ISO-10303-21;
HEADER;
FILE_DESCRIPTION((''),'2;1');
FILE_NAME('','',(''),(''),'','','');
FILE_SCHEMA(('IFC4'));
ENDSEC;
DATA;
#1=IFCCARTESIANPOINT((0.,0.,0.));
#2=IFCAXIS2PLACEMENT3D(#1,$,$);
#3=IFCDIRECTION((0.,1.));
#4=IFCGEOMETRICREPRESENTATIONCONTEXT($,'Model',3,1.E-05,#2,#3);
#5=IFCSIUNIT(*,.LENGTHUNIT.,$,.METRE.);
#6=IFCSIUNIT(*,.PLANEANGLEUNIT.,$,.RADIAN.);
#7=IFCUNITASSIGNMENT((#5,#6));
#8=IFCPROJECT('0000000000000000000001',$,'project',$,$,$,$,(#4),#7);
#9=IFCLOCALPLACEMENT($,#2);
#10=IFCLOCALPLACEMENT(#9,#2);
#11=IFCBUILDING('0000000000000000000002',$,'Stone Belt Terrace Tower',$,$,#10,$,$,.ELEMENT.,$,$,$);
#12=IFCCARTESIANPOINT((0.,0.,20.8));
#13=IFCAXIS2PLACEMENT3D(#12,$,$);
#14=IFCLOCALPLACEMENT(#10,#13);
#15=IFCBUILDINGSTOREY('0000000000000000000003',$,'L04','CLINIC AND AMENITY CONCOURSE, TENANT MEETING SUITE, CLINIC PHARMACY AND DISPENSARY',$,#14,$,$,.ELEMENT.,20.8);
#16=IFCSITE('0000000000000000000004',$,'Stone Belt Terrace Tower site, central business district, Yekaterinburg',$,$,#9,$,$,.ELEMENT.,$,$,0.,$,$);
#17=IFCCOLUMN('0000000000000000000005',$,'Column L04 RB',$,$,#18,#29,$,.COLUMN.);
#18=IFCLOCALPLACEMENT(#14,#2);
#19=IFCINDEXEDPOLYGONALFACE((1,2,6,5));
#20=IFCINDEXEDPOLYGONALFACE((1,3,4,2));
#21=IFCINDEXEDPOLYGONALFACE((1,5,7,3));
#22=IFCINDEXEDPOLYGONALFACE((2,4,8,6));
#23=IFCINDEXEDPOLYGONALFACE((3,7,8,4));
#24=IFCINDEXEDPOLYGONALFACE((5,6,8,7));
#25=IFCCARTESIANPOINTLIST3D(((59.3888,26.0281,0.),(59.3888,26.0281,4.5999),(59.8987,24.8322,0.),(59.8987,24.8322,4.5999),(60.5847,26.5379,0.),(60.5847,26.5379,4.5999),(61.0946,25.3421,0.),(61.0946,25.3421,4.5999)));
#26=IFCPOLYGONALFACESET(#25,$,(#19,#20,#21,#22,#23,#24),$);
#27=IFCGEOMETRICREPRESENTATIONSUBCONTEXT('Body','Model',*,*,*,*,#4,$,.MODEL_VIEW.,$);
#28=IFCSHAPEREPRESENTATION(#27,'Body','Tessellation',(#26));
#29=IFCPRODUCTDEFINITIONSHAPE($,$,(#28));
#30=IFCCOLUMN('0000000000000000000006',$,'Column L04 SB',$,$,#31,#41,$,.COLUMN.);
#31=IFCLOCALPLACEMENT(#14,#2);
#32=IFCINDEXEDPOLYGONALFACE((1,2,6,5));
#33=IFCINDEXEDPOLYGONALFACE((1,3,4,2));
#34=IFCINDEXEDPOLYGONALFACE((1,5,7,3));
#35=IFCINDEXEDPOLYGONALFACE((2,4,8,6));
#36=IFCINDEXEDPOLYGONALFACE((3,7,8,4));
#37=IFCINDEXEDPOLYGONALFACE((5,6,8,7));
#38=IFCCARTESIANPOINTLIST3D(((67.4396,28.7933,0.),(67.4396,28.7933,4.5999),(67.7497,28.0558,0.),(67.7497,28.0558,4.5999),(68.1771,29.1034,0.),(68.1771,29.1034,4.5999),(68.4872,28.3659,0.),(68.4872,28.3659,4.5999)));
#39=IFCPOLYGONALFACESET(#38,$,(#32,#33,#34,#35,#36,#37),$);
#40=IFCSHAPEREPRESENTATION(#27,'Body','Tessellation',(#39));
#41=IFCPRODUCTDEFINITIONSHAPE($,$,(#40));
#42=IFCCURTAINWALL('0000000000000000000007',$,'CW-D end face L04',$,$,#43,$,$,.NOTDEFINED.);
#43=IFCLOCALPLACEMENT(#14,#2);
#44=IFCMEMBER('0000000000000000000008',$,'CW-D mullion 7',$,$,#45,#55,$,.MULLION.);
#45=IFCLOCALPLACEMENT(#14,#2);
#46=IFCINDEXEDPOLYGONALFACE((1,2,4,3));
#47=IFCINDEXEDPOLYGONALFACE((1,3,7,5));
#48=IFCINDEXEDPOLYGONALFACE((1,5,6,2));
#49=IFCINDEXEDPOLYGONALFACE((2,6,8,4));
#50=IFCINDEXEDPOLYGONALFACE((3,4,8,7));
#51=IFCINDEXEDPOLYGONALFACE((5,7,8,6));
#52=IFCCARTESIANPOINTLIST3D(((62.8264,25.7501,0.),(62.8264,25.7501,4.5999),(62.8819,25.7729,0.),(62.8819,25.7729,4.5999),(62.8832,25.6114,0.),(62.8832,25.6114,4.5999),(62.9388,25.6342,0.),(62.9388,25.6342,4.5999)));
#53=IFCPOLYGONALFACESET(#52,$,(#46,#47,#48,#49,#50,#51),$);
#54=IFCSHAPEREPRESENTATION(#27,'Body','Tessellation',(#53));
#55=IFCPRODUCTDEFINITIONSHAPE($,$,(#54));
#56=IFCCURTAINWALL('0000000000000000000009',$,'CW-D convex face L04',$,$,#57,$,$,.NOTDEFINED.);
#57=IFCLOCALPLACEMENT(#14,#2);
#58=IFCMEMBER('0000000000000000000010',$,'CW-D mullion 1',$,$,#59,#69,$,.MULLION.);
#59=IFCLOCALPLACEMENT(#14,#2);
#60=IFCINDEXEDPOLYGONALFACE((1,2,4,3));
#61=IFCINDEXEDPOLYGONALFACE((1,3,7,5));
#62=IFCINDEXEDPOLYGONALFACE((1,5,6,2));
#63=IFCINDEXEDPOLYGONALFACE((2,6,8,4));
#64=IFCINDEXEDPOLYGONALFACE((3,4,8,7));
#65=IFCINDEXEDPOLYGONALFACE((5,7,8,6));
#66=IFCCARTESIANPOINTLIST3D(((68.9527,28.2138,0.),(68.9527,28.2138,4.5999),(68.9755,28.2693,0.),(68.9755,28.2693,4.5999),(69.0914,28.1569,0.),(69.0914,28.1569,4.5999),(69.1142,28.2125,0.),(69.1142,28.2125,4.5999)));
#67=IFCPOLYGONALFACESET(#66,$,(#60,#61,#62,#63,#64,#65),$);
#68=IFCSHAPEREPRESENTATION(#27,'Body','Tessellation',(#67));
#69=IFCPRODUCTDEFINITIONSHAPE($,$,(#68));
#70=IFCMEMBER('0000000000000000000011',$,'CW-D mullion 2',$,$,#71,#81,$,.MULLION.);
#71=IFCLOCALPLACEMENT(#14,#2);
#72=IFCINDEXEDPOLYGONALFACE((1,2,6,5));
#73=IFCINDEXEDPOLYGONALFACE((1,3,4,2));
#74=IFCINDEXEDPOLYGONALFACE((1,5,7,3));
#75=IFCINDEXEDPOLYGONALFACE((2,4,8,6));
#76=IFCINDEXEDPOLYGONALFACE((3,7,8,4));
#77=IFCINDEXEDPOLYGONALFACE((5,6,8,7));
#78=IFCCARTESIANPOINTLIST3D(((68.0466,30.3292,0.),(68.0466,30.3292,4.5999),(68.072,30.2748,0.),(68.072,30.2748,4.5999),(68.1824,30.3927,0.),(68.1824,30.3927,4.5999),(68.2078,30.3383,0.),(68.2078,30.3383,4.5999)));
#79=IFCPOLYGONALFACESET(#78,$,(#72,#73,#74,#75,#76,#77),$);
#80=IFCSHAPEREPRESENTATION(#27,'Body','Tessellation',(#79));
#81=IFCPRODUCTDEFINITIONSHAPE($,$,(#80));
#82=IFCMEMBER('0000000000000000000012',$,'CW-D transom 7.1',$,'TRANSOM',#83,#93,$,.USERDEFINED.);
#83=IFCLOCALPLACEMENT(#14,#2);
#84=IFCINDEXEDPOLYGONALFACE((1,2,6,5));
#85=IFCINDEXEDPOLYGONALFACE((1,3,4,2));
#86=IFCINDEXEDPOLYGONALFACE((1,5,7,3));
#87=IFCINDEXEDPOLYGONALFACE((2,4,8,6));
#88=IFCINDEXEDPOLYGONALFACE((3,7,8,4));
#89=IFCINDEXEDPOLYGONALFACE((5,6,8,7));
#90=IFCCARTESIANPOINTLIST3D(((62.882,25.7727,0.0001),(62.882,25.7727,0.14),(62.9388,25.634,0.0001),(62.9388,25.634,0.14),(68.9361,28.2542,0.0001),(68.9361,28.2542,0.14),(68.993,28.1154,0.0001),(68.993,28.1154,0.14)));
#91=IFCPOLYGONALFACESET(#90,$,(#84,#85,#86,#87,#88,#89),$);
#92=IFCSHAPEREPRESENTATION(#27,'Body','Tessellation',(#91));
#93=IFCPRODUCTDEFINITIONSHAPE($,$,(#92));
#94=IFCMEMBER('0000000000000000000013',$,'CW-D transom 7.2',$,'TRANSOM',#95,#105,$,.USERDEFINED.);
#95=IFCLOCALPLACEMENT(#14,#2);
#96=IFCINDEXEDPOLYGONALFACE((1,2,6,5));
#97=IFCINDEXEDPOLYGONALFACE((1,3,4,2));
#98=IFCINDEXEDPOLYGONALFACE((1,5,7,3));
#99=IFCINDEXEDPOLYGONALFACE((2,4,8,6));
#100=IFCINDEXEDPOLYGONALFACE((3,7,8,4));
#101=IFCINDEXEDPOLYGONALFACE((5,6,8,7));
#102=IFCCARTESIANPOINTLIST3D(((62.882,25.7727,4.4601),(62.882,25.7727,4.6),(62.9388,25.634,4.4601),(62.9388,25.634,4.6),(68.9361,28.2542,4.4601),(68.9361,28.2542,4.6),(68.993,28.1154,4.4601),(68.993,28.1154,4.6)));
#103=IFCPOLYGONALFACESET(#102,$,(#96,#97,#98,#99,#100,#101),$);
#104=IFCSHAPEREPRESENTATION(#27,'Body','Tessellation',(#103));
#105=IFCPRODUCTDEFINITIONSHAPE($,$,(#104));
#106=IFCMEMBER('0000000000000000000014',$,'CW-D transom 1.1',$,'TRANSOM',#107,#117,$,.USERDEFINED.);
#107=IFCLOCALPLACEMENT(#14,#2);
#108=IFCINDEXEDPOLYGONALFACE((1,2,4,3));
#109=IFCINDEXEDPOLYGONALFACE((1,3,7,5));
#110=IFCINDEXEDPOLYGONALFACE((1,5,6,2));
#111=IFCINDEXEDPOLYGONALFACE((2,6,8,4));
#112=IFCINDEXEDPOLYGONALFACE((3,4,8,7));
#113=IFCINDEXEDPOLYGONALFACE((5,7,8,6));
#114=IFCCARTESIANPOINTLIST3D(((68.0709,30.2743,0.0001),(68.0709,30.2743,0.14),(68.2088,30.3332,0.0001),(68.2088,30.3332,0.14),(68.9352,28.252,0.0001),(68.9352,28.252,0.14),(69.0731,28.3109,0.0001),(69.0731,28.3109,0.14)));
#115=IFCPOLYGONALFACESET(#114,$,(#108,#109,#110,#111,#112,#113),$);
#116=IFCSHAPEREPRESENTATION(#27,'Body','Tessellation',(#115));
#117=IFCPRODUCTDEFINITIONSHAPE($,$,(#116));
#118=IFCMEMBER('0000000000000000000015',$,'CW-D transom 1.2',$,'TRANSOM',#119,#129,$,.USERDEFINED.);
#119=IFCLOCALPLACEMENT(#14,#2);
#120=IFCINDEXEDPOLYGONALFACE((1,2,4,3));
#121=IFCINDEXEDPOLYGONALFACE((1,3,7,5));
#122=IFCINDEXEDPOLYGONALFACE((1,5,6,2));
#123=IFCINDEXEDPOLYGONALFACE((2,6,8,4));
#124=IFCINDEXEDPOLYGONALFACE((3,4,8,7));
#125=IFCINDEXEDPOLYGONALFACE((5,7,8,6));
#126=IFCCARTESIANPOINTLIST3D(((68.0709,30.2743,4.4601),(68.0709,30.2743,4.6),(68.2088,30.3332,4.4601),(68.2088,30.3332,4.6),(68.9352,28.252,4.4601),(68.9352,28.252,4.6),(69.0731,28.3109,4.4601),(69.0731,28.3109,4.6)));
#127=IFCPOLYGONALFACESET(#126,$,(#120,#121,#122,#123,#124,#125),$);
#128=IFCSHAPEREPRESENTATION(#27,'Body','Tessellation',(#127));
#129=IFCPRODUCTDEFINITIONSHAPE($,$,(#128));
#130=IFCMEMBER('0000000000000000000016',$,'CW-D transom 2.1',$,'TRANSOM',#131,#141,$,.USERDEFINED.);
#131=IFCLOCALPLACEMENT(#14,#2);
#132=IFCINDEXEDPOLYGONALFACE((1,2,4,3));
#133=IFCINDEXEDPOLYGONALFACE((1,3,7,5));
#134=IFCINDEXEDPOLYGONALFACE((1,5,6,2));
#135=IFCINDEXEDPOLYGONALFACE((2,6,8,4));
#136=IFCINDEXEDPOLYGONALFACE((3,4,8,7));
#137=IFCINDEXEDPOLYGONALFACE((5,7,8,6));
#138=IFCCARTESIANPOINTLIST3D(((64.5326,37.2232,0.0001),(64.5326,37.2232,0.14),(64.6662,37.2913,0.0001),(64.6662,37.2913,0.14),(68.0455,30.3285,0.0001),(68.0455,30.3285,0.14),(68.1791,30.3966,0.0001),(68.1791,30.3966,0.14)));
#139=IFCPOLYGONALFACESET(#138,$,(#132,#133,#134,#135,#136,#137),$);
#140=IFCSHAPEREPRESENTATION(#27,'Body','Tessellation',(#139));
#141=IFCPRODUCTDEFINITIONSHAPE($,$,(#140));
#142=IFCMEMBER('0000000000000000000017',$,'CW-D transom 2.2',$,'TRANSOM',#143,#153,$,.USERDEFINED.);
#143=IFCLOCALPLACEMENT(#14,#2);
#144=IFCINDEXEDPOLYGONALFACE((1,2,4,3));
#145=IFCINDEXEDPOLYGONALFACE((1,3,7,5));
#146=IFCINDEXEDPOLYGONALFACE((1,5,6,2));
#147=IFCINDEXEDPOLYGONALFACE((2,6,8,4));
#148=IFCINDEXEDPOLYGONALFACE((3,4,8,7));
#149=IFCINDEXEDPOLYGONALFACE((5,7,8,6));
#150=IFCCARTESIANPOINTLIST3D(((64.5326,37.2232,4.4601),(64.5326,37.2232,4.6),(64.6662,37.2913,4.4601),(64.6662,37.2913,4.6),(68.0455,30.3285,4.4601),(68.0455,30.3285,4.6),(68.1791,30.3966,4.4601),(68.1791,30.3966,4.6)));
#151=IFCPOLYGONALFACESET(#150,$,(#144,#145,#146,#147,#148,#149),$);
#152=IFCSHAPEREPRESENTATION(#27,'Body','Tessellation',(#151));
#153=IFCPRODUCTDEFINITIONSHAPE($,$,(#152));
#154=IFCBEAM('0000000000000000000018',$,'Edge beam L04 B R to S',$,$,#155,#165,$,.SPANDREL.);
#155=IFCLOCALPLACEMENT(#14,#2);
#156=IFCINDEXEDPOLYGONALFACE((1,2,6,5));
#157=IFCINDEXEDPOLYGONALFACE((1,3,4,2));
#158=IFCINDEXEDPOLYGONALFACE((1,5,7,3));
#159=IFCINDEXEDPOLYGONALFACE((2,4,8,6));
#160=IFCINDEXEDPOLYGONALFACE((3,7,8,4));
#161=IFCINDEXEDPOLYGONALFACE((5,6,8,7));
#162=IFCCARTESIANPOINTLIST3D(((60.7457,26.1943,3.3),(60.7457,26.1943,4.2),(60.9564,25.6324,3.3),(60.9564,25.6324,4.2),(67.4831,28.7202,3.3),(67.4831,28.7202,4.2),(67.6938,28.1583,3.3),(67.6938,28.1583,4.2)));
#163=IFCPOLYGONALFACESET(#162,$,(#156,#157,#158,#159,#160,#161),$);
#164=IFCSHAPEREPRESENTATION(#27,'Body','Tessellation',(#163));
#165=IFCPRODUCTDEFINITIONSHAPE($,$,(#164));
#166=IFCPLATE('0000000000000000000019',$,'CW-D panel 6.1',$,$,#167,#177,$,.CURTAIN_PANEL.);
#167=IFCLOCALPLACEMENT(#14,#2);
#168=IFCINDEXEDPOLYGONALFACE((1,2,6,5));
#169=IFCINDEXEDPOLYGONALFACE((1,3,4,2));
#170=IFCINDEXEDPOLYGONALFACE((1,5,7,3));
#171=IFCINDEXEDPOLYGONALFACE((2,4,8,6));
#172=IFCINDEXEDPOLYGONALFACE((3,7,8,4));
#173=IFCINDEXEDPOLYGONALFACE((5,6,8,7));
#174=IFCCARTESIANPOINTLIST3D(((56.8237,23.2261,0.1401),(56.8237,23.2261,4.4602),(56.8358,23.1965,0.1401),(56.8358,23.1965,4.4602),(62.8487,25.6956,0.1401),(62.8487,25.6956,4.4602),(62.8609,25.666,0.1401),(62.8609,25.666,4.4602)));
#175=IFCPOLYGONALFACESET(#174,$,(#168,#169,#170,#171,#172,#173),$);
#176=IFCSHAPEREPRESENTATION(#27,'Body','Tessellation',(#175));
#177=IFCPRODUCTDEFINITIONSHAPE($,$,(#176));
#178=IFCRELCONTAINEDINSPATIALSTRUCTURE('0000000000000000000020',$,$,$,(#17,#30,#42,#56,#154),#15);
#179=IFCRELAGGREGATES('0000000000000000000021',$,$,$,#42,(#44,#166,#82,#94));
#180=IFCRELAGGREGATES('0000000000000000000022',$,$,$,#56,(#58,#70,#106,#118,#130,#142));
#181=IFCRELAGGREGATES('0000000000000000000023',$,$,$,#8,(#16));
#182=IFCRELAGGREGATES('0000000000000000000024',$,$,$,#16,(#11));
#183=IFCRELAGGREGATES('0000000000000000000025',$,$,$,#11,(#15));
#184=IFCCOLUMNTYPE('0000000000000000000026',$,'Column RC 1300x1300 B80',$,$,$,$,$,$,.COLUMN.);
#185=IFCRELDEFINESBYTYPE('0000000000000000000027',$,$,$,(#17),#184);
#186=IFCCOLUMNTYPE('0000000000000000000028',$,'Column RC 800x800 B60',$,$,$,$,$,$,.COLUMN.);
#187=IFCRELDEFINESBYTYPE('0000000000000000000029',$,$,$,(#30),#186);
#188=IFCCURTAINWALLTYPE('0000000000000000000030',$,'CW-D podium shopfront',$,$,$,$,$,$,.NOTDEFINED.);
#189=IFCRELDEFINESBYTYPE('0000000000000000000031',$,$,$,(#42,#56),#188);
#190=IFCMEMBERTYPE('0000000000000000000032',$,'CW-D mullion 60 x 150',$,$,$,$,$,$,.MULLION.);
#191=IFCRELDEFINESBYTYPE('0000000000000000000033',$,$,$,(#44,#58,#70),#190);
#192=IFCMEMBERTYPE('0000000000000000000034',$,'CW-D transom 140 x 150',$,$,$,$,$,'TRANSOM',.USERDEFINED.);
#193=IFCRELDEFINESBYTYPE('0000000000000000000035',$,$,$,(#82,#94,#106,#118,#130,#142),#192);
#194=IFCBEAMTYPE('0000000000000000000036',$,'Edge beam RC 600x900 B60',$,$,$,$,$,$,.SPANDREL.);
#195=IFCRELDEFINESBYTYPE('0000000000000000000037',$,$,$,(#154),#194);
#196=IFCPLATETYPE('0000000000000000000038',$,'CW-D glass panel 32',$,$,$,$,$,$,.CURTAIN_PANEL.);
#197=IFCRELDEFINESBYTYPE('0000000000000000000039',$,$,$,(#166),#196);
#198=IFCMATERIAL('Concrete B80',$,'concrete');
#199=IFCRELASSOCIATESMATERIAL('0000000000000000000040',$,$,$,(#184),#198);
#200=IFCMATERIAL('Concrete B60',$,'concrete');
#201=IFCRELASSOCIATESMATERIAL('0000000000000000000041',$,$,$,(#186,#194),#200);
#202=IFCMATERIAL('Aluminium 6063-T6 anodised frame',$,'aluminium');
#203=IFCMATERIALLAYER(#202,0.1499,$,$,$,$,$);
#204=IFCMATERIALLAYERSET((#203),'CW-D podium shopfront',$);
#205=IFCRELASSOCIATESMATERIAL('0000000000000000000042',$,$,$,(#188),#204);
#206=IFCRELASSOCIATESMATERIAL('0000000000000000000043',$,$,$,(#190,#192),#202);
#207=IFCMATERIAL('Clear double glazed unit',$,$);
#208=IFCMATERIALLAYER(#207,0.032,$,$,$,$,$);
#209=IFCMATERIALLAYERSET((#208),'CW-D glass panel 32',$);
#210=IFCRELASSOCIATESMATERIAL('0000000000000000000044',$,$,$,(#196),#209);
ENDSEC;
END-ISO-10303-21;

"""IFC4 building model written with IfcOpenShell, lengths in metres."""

from ifc_helpers import new_model, si_unit, direction, frame, origin, origin_2d, place, context, subcontext, project, spatial, rectangle, extrude, material, layer, layer_set, material_profile, profile_set, type_object, element, aggregate, save


model = new_model("IFC4")

# Units and contexts
model_context = context("Model", 3, precision=1e-05, world=origin(), true_north=direction((0.0, 1.0)))
body_context = subcontext(model_context, "Body", "Model", "MODEL_VIEW")
ifc_project = project(units=[si_unit("LENGTHUNIT", "METRE"), si_unit("PLANEANGLEUNIT", "RADIAN")], contexts=[model_context])

# Site, building, storey
site_placement = place(None, origin())
site = spatial("IfcSite", under=ifc_project, at=site_placement, Name="Stone Belt Terrace Tower site, central business district, Yekaterinburg", CompositionType="ELEMENT", RefElevation=0.0)
building_placement = place(site_placement, origin())
building = spatial("IfcBuilding", under=site, at=building_placement, Name="Stone Belt Terrace Tower", CompositionType="ELEMENT")
storey_placement = place(building_placement, frame((0.0, 0.0, 20.8)))
storey = spatial("IfcBuildingStorey", under=building, at=storey_placement, Name="L04", Description="CLINIC AND AMENITY CONCOURSE, TENANT MEETING SUITE, CLINIC PHARMACY AND DISPENSARY", CompositionType="ELEMENT", Elevation=20.8)

# Columns
ifc_material_1 = material(Name="Concrete B80", Category="concrete")
ifc_material_profile_1 = material_profile(ifc_material_1, rectangle(XDim=1.3, YDim=1.3, at=origin_2d()), Name="RC 1300x1300")
ifc_profile_set_1 = profile_set([ifc_material_profile_1], Name="Concrete B80")
column_type_1 = type_object("IfcColumnType", Name="Column RC 1300x1300 B80", PredefinedType="COLUMN", material=ifc_profile_set_1)
column_1_placement = place(storey_placement, frame((60.2417, 25.6851, 0.0), z_axis=(0.0, 0.0, 1.0), x_axis=(0.392204, -0.919878, 0.0)))
element("IfcColumn", 1, at=column_1_placement, inside=storey, type_object=column_type_1, Name="Column L04 RB", PredefinedType="COLUMN", context=body_context, shape_type="SweptSolid", body=[
    extrude(rectangle(XDim=1.3, YDim=1.3, at=origin_2d()), origin(), (0.0, 0.0, 1.0), 4.5999),
])
ifc_material_2 = material(Name="Concrete B60", Category="concrete")
ifc_material_profile_2 = material_profile(ifc_material_2, rectangle(XDim=0.8, YDim=0.8, at=origin_2d()), Name="RC 800x800")
ifc_profile_set_2 = profile_set([ifc_material_profile_2], Name="Concrete B60")
column_type_2 = type_object("IfcColumnType", Name="Column RC 800x800 B60", PredefinedType="COLUMN", material=ifc_profile_set_2)
column_2_placement = place(storey_placement, frame((67.9634, 28.5796, 0.0), z_axis=(0.0, 0.0, 1.0), x_axis=(0.387636, -0.921812, 0.0)))
element("IfcColumn", 2, at=column_2_placement, inside=storey, type_object=column_type_2, Name="Column L04 SB", PredefinedType="COLUMN", context=body_context, shape_type="SweptSolid", body=[
    extrude(rectangle(XDim=0.8, YDim=0.8, at=origin_2d()), origin(), (0.0, 0.0, 1.0), 4.5999),
])

# Curtain wall, member
ifc_material_3 = material(Name="Aluminium 6063-T6 anodised frame", Category="aluminium")
ifc_layer_1 = layer(ifc_material_3, 0.1499)
ifc_layer_set_1 = layer_set([ifc_layer_1], Name="CW-D podium shopfront")
curtain_wall_type = type_object("IfcCurtainWallType", Name="CW-D podium shopfront", PredefinedType="NOTDEFINED", material=ifc_layer_set_1)
curtain_wall_1_placement = place(storey_placement, origin())
curtain_wall_1 = element("IfcCurtainWall", 3, at=curtain_wall_1_placement, inside=storey, type_object=curtain_wall_type, Name="CW-D end face L04", PredefinedType="NOTDEFINED")
ifc_material_profile_3 = material_profile(ifc_material_3, rectangle(XDim=0.1499, YDim=0.0601, at=origin_2d()), Name="Aluminium 6063-T6 60x150")
ifc_profile_set_3 = profile_set([ifc_material_profile_3], Name="Aluminium 6063-T6 anodised frame")
member_type_1 = type_object("IfcMemberType", Name="CW-D mullion 60 x 150", PredefinedType="MULLION", material=ifc_profile_set_3)
member_1_placement = place(storey_placement, frame((62.8826, 25.6921, 0.0), z_axis=(0.0, 0.0, 1.0), x_axis=(-0.379243, 0.925297, 0.0)))
member_1 = element("IfcMember", 4, at=member_1_placement, type_object=member_type_1, Name="CW-D mullion 7", PredefinedType="MULLION", context=body_context, shape_type="SweptSolid", body=[
    extrude(rectangle(XDim=0.1499, YDim=0.0601, at=origin_2d()), origin(), (0.0, 0.0, 1.0), 4.5999),
])

# Curtain wall, members
curtain_wall_2_placement = place(storey_placement, origin())
curtain_wall_2 = element("IfcCurtainWall", 5, at=curtain_wall_2_placement, inside=storey, type_object=curtain_wall_type, Name="CW-D convex face L04", PredefinedType="NOTDEFINED")
member_2_placement = place(storey_placement, frame((69.0334, 28.2131, 0.0), z_axis=(0.0, 0.0, 1.0), x_axis=(-0.92531, 0.379212, 0.0)))
member_2 = element("IfcMember", 6, at=member_2_placement, type_object=member_type_1, Name="CW-D mullion 1", PredefinedType="MULLION", context=body_context, shape_type="SweptSolid", body=[
    extrude(rectangle(XDim=0.1499, YDim=0.0601, at=origin_2d()), origin(), (0.0, 0.0, 1.0), 4.5999),
])
member_3_placement = place(storey_placement, frame((68.1272, 30.3337, 0.0), z_axis=(0.0, 0.0, 1.0), x_axis=(-0.905778, -0.423752, 0.0)))
member_3 = element("IfcMember", 7, at=member_3_placement, type_object=member_type_1, Name="CW-D mullion 2", PredefinedType="MULLION", context=body_context, shape_type="SweptSolid", body=[
    extrude(rectangle(XDim=0.1499, YDim=0.0601, at=origin_2d()), origin(), (0.0, 0.0, 1.0), 4.5999),
])

# Members
ifc_material_profile_4 = material_profile(ifc_material_3, rectangle(XDim=0.1499, YDim=0.1399, at=origin_2d()), Name="Aluminium 6063-T6 150x140")
ifc_profile_set_4 = profile_set([ifc_material_profile_4], Name="Aluminium 6063-T6 anodised frame")
member_type_2 = type_object("IfcMemberType", Name="CW-D transom 140 x 150", ElementType="TRANSOM", PredefinedType="USERDEFINED", material=ifc_profile_set_4)
member_4_placement = place(storey_placement, frame((62.9104, 25.7034, 0.0701), z_axis=(0.925294, 0.379252, 0.0), x_axis=(-0.379252, 0.925294, 0.0)))
member_4 = element("IfcMember", 8, at=member_4_placement, type_object=member_type_2, Name="CW-D transom 7.1", ObjectType="TRANSOM", PredefinedType="USERDEFINED", context=body_context, shape_type="SweptSolid", body=[
    extrude(rectangle(XDim=0.1499, YDim=0.1399, at=origin_2d()), origin(), (0.0, 0.0, 1.0), 6.543),
])
member_5_placement = place(storey_placement, frame((62.9104, 25.7034, 4.53), z_axis=(0.925294, 0.379252, 0.0), x_axis=(-0.379252, 0.925294, 0.0)))
member_5 = element("IfcMember", 9, at=member_5_placement, type_object=member_type_2, Name="CW-D transom 7.2", ObjectType="TRANSOM", PredefinedType="USERDEFINED", context=body_context, shape_type="SweptSolid", body=[
    extrude(rectangle(XDim=0.1499, YDim=0.1399, at=origin_2d()), origin(), (0.0, 0.0, 1.0), 6.543),
])
member_6_placement = place(storey_placement, frame((69.0042, 28.2815, 0.0701), z_axis=(-0.392995, 0.919541, 0.0), x_axis=(-0.919541, -0.392995, 0.0)))
member_6 = element("IfcMember", 10, at=member_6_placement, type_object=member_type_2, Name="CW-D transom 1.1", ObjectType="TRANSOM", PredefinedType="USERDEFINED", context=body_context, shape_type="SweptSolid", body=[
    extrude(rectangle(XDim=0.1499, YDim=0.1399, at=origin_2d()), origin(), (0.0, 0.0, 1.0), 2.1992),
])
member_7_placement = place(storey_placement, frame((69.0042, 28.2815, 4.53), z_axis=(-0.392995, 0.919541, 0.0), x_axis=(-0.919541, -0.392995, 0.0)))
member_7 = element("IfcMember", 11, at=member_7_placement, type_object=member_type_2, Name="CW-D transom 1.2", ObjectType="TRANSOM", PredefinedType="USERDEFINED", context=body_context, shape_type="SweptSolid", body=[
    extrude(rectangle(XDim=0.1499, YDim=0.1399, at=origin_2d()), origin(), (0.0, 0.0, 1.0), 2.1992),
])
member_8_placement = place(storey_placement, frame((68.1123, 30.3625, 0.0701), z_axis=(-0.453978, 0.891013, 0.0), x_axis=(-0.891013, -0.453978, 0.0)))
member_8 = element("IfcMember", 12, at=member_8_placement, type_object=member_type_2, Name="CW-D transom 2.1", ObjectType="TRANSOM", PredefinedType="USERDEFINED", context=body_context, shape_type="SweptSolid", body=[
    extrude(rectangle(XDim=0.1499, YDim=0.1399, at=origin_2d()), origin(), (0.0, 0.0, 1.0), 7.738),
])
member_9_placement = place(storey_placement, frame((68.1123, 30.3625, 4.53), z_axis=(-0.453978, 0.891013, 0.0), x_axis=(-0.891013, -0.453978, 0.0)))
member_9 = element("IfcMember", 13, at=member_9_placement, type_object=member_type_2, Name="CW-D transom 2.2", ObjectType="TRANSOM", PredefinedType="USERDEFINED", context=body_context, shape_type="SweptSolid", body=[
    extrude(rectangle(XDim=0.1499, YDim=0.1399, at=origin_2d()), origin(), (0.0, 0.0, 1.0), 7.738),
])

# Beam
ifc_material_profile_5 = material_profile(ifc_material_2, rectangle(XDim=0.6001, YDim=0.8999, at=origin_2d()), Name="RC 600x900")
ifc_profile_set_5 = profile_set([ifc_material_profile_5], Name="Concrete B60")
beam_type = type_object("IfcBeamType", Name="Edge beam RC 600x900 B60", PredefinedType="SPANDREL", material=ifc_profile_set_5)
beam_placement = place(storey_placement, frame((60.8511, 25.9133, 3.75), z_axis=(0.936357, 0.351049, 0.0), x_axis=(-0.351049, 0.936357, 0.0)))
element("IfcBeam", 14, at=beam_placement, inside=storey, type_object=beam_type, Name="Edge beam L04 B R to S", PredefinedType="SPANDREL", context=body_context, shape_type="SweptSolid", body=[
    extrude(rectangle(XDim=0.6001, YDim=0.8999, at=origin_2d()), origin(), (0.0, 0.0, 1.0), 7.1953),
])

# Plate
ifc_material_4 = material(Name="Clear double glazed unit")
ifc_layer_2 = layer(ifc_material_4, 0.032)
ifc_layer_set_2 = layer_set([ifc_layer_2], Name="CW-D glass panel 32")
plate_type = type_object("IfcPlateType", Name="CW-D glass panel 32", PredefinedType="CURTAIN_PANEL", material=ifc_layer_set_2)
plate_1_placement = place(storey_placement, frame((59.8423, 24.446, 0.1401), z_axis=(0.0, 0.0, 1.0), x_axis=(0.925297, 0.379243, 0.0)))
plate_1 = element("IfcPlate", 15, at=plate_1_placement, type_object=plate_type, Name="CW-D panel 6.1", PredefinedType="CURTAIN_PANEL", context=body_context, shape_type="SweptSolid", body=[
    extrude(rectangle(XDim=6.5115, YDim=0.032, at=origin_2d()), origin(), (0.0, 0.0, 1.0), 4.3201),
])
aggregate(curtain_wall_1, [member_1, plate_1, member_4, member_5])
aggregate(curtain_wall_2, [member_2, member_3, member_6, member_7, member_8, member_9])

save(model, "model.ifc")
